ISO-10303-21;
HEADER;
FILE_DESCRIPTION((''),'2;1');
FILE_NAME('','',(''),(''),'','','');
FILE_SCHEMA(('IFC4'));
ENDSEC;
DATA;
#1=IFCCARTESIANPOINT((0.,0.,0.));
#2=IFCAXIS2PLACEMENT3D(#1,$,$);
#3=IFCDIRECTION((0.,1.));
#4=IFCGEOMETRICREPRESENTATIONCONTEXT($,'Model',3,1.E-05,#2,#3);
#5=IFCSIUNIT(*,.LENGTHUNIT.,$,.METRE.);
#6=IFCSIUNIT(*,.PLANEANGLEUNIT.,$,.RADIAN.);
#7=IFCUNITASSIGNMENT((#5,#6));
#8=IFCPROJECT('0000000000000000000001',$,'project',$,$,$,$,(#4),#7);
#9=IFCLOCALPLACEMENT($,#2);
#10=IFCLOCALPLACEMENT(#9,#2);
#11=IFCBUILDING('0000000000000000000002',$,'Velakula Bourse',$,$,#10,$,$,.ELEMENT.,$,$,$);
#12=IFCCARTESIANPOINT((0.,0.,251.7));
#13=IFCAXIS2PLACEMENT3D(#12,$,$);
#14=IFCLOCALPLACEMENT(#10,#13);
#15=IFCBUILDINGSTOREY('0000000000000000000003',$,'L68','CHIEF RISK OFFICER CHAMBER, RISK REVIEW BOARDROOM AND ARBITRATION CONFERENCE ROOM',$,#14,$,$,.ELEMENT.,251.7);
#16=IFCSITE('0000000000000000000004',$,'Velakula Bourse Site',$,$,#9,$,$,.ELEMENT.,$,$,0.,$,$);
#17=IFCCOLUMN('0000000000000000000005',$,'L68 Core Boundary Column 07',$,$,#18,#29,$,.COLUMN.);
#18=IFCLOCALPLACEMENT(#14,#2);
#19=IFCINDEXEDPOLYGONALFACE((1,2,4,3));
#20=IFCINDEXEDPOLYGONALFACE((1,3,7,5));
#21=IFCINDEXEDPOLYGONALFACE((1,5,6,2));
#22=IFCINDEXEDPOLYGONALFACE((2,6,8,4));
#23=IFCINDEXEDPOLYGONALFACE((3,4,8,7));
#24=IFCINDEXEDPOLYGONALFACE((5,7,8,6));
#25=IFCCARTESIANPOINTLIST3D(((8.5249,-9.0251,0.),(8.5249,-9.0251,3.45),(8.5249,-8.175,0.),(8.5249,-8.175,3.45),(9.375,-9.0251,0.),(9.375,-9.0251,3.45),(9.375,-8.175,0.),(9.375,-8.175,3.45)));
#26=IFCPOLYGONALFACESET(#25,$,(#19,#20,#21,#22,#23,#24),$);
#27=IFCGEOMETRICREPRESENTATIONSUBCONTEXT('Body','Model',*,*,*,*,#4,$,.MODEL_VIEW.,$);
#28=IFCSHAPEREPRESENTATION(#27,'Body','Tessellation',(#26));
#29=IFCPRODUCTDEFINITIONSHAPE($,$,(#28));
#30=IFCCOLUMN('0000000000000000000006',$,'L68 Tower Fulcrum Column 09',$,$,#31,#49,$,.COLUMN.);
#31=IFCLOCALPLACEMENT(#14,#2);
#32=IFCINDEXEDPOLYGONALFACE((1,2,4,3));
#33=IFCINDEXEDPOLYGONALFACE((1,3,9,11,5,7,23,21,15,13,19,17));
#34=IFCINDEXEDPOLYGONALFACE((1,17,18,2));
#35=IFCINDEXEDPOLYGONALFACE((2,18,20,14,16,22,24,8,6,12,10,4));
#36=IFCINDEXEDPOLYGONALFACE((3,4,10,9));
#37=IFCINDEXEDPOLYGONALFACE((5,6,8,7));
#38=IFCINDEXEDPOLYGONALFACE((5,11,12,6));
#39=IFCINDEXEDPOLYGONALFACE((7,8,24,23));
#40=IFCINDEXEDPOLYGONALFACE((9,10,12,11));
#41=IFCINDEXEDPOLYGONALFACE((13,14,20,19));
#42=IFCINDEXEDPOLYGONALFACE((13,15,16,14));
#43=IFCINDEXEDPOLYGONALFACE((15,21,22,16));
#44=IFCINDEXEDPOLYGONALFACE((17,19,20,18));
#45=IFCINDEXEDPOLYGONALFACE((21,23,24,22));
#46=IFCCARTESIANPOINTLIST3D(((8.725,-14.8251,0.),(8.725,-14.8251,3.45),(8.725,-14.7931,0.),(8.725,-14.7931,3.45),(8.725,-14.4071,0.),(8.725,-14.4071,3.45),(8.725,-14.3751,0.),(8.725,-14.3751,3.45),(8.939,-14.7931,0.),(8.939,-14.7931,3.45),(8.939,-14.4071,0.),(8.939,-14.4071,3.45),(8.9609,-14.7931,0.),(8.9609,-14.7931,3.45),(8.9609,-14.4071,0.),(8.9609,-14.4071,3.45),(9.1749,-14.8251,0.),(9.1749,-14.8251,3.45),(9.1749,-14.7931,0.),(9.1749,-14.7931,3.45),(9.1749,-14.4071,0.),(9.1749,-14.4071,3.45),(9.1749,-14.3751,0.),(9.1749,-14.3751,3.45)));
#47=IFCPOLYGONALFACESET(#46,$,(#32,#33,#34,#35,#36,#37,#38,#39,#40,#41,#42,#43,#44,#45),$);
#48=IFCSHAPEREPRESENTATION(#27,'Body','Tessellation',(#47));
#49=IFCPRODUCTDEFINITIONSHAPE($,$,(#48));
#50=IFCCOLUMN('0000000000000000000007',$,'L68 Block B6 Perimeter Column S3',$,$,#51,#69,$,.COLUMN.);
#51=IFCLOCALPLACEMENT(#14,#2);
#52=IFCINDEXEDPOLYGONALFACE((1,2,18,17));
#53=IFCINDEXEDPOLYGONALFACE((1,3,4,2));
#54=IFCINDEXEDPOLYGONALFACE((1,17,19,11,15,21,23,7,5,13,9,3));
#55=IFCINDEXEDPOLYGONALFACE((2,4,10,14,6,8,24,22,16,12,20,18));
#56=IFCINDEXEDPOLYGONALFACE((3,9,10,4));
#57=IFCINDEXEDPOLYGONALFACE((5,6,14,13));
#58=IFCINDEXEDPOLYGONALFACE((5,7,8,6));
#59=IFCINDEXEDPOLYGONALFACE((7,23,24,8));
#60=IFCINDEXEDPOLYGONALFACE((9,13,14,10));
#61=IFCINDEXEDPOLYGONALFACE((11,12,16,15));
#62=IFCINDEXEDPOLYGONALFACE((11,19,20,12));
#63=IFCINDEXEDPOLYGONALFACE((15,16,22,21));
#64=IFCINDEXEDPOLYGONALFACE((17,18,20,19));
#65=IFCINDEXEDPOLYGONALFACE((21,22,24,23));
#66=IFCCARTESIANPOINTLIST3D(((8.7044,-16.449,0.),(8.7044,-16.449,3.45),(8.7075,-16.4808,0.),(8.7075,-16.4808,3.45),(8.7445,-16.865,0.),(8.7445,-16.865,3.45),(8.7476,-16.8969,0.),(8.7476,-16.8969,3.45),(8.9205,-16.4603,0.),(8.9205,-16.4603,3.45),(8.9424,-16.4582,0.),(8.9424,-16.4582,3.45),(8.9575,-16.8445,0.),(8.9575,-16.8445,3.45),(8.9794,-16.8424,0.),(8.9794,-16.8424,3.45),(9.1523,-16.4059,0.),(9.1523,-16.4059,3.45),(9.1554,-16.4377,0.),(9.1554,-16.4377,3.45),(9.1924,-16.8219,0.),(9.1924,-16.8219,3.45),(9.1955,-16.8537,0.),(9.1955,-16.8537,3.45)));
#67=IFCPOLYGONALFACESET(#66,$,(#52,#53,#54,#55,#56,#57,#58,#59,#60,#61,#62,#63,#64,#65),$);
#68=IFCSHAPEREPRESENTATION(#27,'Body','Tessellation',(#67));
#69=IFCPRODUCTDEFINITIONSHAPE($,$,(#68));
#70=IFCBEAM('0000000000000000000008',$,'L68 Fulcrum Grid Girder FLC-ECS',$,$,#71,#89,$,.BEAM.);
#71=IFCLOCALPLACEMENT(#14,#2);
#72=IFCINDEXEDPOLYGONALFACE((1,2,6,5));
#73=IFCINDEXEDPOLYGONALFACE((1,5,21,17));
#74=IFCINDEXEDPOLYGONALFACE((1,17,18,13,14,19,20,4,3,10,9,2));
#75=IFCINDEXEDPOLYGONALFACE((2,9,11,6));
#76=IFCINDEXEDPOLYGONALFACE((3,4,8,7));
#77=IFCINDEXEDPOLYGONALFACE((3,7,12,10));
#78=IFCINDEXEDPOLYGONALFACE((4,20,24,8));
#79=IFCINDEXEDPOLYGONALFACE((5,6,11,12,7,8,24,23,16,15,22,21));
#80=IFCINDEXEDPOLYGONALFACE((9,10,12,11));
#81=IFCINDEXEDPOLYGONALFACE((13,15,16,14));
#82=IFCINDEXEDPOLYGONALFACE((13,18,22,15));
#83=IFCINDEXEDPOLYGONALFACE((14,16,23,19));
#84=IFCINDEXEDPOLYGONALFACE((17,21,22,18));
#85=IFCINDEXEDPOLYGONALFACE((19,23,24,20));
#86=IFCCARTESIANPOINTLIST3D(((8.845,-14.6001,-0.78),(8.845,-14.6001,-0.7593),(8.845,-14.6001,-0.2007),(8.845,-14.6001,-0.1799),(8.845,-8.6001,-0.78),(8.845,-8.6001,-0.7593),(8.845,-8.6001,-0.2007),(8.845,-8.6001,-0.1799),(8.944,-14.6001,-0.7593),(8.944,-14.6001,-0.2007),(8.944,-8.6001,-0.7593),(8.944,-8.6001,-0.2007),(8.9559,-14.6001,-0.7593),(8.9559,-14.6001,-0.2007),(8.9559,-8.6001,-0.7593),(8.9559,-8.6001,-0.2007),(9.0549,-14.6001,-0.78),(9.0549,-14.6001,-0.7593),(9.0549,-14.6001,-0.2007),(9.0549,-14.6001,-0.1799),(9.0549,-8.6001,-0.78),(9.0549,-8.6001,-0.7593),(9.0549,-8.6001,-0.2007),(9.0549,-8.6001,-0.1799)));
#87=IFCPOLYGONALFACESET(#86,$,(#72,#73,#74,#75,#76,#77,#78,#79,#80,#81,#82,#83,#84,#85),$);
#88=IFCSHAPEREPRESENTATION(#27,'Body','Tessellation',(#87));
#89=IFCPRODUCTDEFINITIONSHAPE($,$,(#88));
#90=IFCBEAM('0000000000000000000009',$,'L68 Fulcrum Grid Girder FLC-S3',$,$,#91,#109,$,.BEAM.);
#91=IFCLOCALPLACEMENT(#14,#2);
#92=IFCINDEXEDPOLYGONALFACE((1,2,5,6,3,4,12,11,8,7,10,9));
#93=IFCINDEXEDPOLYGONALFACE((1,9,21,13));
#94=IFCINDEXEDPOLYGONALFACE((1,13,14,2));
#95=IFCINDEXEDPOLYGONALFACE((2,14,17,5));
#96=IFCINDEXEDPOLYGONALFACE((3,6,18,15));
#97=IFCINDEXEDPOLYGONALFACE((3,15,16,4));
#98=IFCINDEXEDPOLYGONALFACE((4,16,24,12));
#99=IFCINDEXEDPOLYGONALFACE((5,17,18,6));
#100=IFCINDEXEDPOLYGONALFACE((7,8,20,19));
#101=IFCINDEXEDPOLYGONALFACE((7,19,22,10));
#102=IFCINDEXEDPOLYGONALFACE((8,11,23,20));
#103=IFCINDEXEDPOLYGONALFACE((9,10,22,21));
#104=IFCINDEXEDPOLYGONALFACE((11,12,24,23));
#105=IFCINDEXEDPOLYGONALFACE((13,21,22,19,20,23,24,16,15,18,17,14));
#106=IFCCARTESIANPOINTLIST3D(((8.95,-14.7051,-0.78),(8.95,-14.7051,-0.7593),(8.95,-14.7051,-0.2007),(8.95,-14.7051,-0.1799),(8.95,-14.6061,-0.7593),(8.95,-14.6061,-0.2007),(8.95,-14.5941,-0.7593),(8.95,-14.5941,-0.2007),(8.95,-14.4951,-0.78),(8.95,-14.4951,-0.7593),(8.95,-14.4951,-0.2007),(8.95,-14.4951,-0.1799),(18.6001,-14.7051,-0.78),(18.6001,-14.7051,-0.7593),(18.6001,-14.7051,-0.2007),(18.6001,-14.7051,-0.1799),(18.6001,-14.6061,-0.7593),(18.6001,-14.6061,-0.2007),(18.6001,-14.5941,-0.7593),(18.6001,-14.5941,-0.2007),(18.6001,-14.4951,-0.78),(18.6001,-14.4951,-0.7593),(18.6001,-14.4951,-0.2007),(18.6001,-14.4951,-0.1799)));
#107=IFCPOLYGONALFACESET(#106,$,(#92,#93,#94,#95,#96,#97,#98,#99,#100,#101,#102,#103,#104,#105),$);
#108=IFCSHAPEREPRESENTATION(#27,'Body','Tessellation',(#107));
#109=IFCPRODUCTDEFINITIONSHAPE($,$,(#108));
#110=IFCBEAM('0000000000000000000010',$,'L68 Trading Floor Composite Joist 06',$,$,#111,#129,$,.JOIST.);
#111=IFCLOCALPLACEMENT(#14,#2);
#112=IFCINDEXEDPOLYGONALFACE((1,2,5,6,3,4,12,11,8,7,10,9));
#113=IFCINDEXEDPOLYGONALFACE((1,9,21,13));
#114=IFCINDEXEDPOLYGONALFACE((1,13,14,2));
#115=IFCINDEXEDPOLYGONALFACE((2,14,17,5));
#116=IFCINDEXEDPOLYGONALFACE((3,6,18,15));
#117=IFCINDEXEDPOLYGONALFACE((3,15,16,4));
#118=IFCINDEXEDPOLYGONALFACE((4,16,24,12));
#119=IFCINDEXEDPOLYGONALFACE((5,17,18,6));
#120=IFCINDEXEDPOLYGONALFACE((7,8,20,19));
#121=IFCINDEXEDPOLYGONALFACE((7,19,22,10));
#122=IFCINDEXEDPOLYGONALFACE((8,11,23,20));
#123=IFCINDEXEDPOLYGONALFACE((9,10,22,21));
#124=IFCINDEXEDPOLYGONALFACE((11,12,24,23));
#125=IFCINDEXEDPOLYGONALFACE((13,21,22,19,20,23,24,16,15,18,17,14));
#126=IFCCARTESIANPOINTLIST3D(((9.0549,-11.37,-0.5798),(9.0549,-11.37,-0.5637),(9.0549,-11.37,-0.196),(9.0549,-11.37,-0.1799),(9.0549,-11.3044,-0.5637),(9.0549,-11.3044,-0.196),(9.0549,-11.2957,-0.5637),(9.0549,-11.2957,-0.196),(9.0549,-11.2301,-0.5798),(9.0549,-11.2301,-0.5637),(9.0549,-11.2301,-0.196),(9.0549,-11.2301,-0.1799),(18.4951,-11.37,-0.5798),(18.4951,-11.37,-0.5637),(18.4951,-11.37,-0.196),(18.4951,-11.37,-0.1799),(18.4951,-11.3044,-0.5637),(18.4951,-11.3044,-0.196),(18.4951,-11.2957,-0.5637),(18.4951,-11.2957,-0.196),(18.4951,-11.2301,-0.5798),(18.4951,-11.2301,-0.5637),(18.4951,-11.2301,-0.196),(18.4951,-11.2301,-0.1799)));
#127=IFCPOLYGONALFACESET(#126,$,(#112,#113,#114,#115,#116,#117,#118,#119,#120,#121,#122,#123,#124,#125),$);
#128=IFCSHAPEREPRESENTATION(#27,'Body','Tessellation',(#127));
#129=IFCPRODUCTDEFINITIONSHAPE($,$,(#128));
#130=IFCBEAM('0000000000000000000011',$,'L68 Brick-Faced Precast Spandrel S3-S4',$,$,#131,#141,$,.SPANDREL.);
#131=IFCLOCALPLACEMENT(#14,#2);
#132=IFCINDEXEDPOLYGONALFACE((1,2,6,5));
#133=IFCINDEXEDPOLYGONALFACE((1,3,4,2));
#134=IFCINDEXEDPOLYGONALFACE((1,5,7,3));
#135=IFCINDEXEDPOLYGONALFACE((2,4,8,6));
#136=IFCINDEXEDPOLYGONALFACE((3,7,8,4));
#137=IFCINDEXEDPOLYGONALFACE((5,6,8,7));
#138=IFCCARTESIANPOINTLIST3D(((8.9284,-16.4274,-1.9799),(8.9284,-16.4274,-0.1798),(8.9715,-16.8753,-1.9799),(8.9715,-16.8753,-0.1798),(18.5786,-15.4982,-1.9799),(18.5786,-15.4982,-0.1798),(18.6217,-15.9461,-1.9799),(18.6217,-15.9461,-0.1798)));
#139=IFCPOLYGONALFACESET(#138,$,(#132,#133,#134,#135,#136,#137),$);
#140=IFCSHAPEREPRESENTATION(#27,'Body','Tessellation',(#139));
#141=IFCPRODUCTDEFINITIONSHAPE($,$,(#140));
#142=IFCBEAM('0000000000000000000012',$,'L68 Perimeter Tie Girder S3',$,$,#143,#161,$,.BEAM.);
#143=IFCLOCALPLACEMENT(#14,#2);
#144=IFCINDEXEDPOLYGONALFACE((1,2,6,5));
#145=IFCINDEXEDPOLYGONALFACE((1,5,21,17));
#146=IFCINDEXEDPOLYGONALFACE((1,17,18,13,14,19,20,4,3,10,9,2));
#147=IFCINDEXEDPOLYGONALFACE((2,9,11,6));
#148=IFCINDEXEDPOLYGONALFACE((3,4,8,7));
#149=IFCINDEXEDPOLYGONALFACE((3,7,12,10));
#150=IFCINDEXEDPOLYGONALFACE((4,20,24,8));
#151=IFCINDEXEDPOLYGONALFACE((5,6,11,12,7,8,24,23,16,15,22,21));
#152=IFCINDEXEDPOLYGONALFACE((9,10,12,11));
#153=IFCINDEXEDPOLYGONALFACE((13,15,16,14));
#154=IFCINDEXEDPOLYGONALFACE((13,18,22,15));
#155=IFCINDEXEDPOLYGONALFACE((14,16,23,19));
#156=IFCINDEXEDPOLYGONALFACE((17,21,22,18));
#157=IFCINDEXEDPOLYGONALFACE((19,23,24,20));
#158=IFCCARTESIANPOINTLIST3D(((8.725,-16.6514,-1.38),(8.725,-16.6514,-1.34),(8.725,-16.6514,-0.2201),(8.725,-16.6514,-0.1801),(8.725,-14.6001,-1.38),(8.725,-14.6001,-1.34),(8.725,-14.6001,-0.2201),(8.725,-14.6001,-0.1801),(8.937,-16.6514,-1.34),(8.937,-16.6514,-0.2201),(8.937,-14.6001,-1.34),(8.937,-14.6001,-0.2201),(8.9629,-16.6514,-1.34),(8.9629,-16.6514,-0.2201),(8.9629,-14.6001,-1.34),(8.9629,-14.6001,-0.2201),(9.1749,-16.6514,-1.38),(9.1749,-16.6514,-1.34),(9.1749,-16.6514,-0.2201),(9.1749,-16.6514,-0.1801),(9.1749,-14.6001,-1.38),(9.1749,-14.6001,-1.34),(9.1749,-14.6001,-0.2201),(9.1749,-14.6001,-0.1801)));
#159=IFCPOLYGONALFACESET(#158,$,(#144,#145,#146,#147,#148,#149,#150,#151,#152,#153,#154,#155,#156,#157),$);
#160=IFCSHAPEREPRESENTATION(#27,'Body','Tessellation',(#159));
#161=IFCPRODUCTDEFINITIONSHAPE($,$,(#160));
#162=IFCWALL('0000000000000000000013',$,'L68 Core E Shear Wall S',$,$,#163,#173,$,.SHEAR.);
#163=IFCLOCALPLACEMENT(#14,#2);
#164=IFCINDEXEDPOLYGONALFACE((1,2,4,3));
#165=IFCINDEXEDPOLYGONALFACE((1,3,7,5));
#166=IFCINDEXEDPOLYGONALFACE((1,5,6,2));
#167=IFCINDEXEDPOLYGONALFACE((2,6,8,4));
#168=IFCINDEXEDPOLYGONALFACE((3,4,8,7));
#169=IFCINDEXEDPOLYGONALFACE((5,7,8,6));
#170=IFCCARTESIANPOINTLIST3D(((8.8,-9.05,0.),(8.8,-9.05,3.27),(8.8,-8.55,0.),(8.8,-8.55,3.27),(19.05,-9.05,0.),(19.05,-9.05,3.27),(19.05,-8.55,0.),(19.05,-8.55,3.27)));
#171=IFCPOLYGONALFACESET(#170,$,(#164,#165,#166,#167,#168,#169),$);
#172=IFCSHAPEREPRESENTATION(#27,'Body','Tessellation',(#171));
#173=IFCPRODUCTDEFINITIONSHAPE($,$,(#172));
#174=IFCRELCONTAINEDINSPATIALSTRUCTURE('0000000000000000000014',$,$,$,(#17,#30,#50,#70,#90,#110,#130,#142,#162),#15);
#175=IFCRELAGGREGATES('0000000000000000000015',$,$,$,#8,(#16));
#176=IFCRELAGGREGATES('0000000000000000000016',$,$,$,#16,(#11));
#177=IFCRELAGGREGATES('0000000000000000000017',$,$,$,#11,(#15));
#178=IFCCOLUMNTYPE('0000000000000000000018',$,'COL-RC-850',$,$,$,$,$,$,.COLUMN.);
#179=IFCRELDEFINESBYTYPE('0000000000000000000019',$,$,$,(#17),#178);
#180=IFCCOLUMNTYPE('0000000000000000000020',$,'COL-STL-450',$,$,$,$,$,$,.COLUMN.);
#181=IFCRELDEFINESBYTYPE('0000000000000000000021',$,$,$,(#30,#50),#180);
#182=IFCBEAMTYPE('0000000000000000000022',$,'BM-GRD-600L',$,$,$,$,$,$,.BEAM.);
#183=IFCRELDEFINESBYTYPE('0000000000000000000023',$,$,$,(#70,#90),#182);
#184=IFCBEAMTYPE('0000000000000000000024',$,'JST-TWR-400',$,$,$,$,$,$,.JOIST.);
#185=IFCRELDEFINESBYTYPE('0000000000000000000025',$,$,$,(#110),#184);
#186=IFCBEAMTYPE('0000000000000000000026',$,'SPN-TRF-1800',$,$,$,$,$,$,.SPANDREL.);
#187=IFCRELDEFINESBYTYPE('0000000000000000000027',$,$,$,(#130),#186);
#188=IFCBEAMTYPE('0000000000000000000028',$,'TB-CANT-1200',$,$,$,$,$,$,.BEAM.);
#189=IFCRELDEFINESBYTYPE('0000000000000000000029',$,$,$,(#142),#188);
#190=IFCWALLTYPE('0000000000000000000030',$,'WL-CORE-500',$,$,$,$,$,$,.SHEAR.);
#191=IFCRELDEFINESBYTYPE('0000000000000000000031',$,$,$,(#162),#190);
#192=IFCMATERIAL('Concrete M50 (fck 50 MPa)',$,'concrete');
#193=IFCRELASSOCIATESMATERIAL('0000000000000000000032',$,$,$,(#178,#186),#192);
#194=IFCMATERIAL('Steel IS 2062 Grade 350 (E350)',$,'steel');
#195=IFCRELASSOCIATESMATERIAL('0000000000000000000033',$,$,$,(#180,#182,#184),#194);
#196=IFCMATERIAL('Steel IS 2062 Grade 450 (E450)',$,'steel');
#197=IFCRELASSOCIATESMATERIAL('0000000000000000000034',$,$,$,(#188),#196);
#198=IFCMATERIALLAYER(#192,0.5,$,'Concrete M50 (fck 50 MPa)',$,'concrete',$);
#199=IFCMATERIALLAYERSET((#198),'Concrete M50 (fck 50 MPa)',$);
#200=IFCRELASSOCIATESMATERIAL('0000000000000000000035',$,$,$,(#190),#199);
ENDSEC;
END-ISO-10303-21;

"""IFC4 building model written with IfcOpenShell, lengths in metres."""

from ifc_helpers import new_model, si_unit, direction, frame, frame_2d, origin, origin_2d, place, context, subcontext, project, spatial, rectangle, i_section, extrude, material, layer, layer_set, material_profile, profile_set, type_object, element, save


model = new_model("IFC4")

# Units and contexts
model_context = context("Model", 3, precision=1e-05, world=origin(), true_north=direction((0.0, 1.0)))
body_context = subcontext(model_context, "Body", "Model", "MODEL_VIEW")
ifc_project = project(units=[si_unit("LENGTHUNIT", "METRE"), si_unit("PLANEANGLEUNIT", "RADIAN")], contexts=[model_context])

# Site, building, storey
site_placement = place(None, origin())
site = spatial("IfcSite", under=ifc_project, at=site_placement, Name="Velakula Bourse Site", CompositionType="ELEMENT", RefElevation=0.0)
building_placement = place(site_placement, origin())
building = spatial("IfcBuilding", under=site, at=building_placement, Name="Velakula Bourse", CompositionType="ELEMENT")
storey_placement = place(building_placement, frame((0.0, 0.0, 251.7)))
storey = spatial("IfcBuildingStorey", under=building, at=storey_placement, Name="L68", Description="CHIEF RISK OFFICER CHAMBER, RISK REVIEW BOARDROOM AND ARBITRATION CONFERENCE ROOM", CompositionType="ELEMENT", Elevation=251.7)

# Columns
ifc_material_1 = material(Name="Concrete M50 (fck 50 MPa)", Category="concrete")
ifc_material_profile_1 = material_profile(ifc_material_1, rectangle(XDim=0.8501, YDim=0.8501, at=origin_2d()), Name="Concrete M50 (fck 50 MPa)")
ifc_profile_set_1 = profile_set([ifc_material_profile_1], Name="Concrete M50 (fck 50 MPa)")
column_type_1 = type_object("IfcColumnType", Name="COL-RC-850", PredefinedType="COLUMN", material=ifc_profile_set_1)
column_placement = place(storey_placement, frame((8.95, -8.6001, 0.0), z_axis=(0.0, 0.0, 1.0), x_axis=(1.0, 0.0, 0.0)))
element("IfcColumn", 1, at=column_placement, inside=storey, type_object=column_type_1, Name="L68 Core Boundary Column 07", PredefinedType="COLUMN", context=body_context, shape_type="SweptSolid", body=[
    extrude(rectangle(XDim=0.8501, YDim=0.8501, at=origin_2d()), origin(), (0.0, 0.0, 1.0), 3.45),
])
ifc_material_2 = material(Name="Steel IS 2062 Grade 350 (E350)", Category="steel")
ifc_material_profile_2 = material_profile(ifc_material_2, i_section(OverallWidth=0.45, OverallDepth=0.45, WebThickness=0.022, FlangeThickness=0.032, at=origin_2d()), Name="Steel IS 2062 Grade 350 (E350)")
ifc_profile_set_2 = profile_set([ifc_material_profile_2], Name="Steel IS 2062 Grade 350 (E350)")
column_type_2 = type_object("IfcColumnType", Name="COL-STL-450", PredefinedType="COLUMN", material=ifc_profile_set_2)
for number, where, z_axis, x_axis, name in (
    (2, (8.95, -14.6001, 0.0), (0.0, 0.0, 1.0), (1.0, 0.0, 0.0), "L68 Tower Fulcrum Column 09"),
    (3, (8.95, -16.6514, 0.0), (0.0, 0.0, 1.0), (0.995396, 0.095846, 0.0), "L68 Block B6 Perimeter Column S3"),
):
    element("IfcColumn", number, at=place(storey_placement, frame(where, z_axis=z_axis, x_axis=x_axis)), inside=storey, type_object=column_type_2, Name=name, PredefinedType="COLUMN", context=body_context, shape_type="SweptSolid", body=[
        extrude(i_section(OverallWidth=0.45, OverallDepth=0.45, WebThickness=0.022, FlangeThickness=0.032, at=origin_2d()), origin(), (0.0, 0.0, 1.0), 3.45),
    ])

# Beams
ifc_material_profile_3 = material_profile(ifc_material_2, i_section(OverallWidth=0.21, OverallDepth=0.6001, WebThickness=0.012, FlangeThickness=0.0208, at=origin_2d()), Name="Steel IS 2062 Grade 350 (E350)")
ifc_profile_set_3 = profile_set([ifc_material_profile_3], Name="Steel IS 2062 Grade 350 (E350)")
beam_type_1 = type_object("IfcBeamType", Name="BM-GRD-600L", PredefinedType="BEAM", material=ifc_profile_set_3)
beam_1_placement = place(storey_placement, frame((8.95, -14.6001, -0.48), z_axis=(0.0, 1.0, 0.0), x_axis=(-1.0, 0.0, 0.0)))
element("IfcBeam", 4, at=beam_1_placement, inside=storey, type_object=beam_type_1, Name="L68 Fulcrum Grid Girder FLC-ECS", PredefinedType="BEAM", context=body_context, shape_type="SweptSolid", body=[
    extrude(i_section(OverallWidth=0.21, OverallDepth=0.6001, WebThickness=0.012, FlangeThickness=0.0208, at=origin_2d()), origin(), (0.0, 0.0, 1.0), 6.0),
])
beam_2_placement = place(storey_placement, frame((8.95, -14.6001, -0.48), z_axis=(1.0, 0.0, 0.0), x_axis=(0.0, 1.0, 0.0)))
element("IfcBeam", 5, at=beam_2_placement, inside=storey, type_object=beam_type_1, Name="L68 Fulcrum Grid Girder FLC-S3", PredefinedType="BEAM", context=body_context, shape_type="SweptSolid", body=[
    extrude(i_section(OverallWidth=0.21, OverallDepth=0.6001, WebThickness=0.012, FlangeThickness=0.0208, at=origin_2d()), origin(), (0.0, 0.0, 1.0), 9.6501),
])
ifc_material_profile_4 = material_profile(ifc_material_2, i_section(OverallWidth=0.1399, OverallDepth=0.3999, WebThickness=0.0088, FlangeThickness=0.0161, at=origin_2d()), Name="Steel IS 2062 Grade 350 (E350)")
ifc_profile_set_4 = profile_set([ifc_material_profile_4], Name="Steel IS 2062 Grade 350 (E350)")
beam_type_2 = type_object("IfcBeamType", Name="JST-TWR-400", PredefinedType="JOIST", material=ifc_profile_set_4)
beam_3_placement = place(storey_placement, frame((9.0549, -11.3, -0.3799), z_axis=(1.0, 0.0, 0.0), x_axis=(0.0, 1.0, 0.0)))
element("IfcBeam", 6, at=beam_3_placement, inside=storey, type_object=beam_type_2, Name="L68 Trading Floor Composite Joist 06", PredefinedType="JOIST", context=body_context, shape_type="SweptSolid", body=[
    extrude(i_section(OverallWidth=0.1399, OverallDepth=0.3999, WebThickness=0.0088, FlangeThickness=0.0161, at=origin_2d()), origin(), (0.0, 0.0, 1.0), 9.4402),
])
ifc_material_profile_5 = material_profile(ifc_material_1, rectangle(XDim=0.45, YDim=1.8, at=origin_2d()), Name="Concrete M50 (fck 50 MPa)")
ifc_profile_set_5 = profile_set([ifc_material_profile_5], Name="Concrete M50 (fck 50 MPa)")
beam_type_3 = type_object("IfcBeamType", Name="SPN-TRF-1800", PredefinedType="SPANDREL", material=ifc_profile_set_5)
beam_4_placement = place(storey_placement, frame((8.95, -16.6514, -1.0798), z_axis=(0.995396, 0.095845, 0.0), x_axis=(-0.095845, 0.995396, 0.0)))
element("IfcBeam", 7, at=beam_4_placement, inside=storey, type_object=beam_type_3, Name="L68 Brick-Faced Precast Spandrel S3-S4", PredefinedType="SPANDREL", context=body_context, shape_type="SweptSolid", body=[
    extrude(rectangle(XDim=0.45, YDim=1.8, at=origin_2d()), origin(), (0.0, 0.0, 1.0), 9.6948),
])
ifc_material_3 = material(Name="Steel IS 2062 Grade 450 (E450)", Category="steel")
ifc_material_profile_6 = material_profile(ifc_material_3, i_section(OverallWidth=0.45, OverallDepth=1.2, WebThickness=0.0259, FlangeThickness=0.04, at=origin_2d()), Name="Steel IS 2062 Grade 450 (E450)")
ifc_profile_set_6 = profile_set([ifc_material_profile_6], Name="Steel IS 2062 Grade 450 (E450)")
beam_type_4 = type_object("IfcBeamType", Name="TB-CANT-1200", PredefinedType="BEAM", material=ifc_profile_set_6)
beam_5_placement = place(storey_placement, frame((8.95, -14.6001, -0.78), z_axis=(0.0, -1.0, 0.0), x_axis=(1.0, 0.0, 0.0)))
element("IfcBeam", 8, at=beam_5_placement, inside=storey, type_object=beam_type_4, Name="L68 Perimeter Tie Girder S3", PredefinedType="BEAM", context=body_context, shape_type="SweptSolid", body=[
    extrude(i_section(OverallWidth=0.45, OverallDepth=1.2, WebThickness=0.0259, FlangeThickness=0.04, at=origin_2d()), origin(), (0.0, 0.0, 1.0), 2.0513),
])

# Wall
ifc_layer_1 = layer(ifc_material_1, 0.5, Name="Concrete M50 (fck 50 MPa)", Category="concrete")
ifc_layer_set_1 = layer_set([ifc_layer_1], Name="Concrete M50 (fck 50 MPa)")
wall_type_1 = type_object("IfcWallType", Name="WL-CORE-500", PredefinedType="SHEAR", material=ifc_layer_set_1)
wall_1_placement = place(storey_placement, frame((8.8, -8.8, 0.0), z_axis=(0.0, 0.0, 1.0), x_axis=(1.0, 0.0, 0.0)))
element("IfcWall", 9, at=wall_1_placement, inside=storey, type_object=wall_type_1, Name="L68 Core E Shear Wall S", PredefinedType="SHEAR", context=body_context, shape_type="SweptSolid", body=[
    extrude(rectangle(XDim=10.25, YDim=0.5, at=frame_2d((5.125, 0.0))), origin(), (0.0, 0.0, 1.0), 3.27),
])

save(model, "model.ifc")
